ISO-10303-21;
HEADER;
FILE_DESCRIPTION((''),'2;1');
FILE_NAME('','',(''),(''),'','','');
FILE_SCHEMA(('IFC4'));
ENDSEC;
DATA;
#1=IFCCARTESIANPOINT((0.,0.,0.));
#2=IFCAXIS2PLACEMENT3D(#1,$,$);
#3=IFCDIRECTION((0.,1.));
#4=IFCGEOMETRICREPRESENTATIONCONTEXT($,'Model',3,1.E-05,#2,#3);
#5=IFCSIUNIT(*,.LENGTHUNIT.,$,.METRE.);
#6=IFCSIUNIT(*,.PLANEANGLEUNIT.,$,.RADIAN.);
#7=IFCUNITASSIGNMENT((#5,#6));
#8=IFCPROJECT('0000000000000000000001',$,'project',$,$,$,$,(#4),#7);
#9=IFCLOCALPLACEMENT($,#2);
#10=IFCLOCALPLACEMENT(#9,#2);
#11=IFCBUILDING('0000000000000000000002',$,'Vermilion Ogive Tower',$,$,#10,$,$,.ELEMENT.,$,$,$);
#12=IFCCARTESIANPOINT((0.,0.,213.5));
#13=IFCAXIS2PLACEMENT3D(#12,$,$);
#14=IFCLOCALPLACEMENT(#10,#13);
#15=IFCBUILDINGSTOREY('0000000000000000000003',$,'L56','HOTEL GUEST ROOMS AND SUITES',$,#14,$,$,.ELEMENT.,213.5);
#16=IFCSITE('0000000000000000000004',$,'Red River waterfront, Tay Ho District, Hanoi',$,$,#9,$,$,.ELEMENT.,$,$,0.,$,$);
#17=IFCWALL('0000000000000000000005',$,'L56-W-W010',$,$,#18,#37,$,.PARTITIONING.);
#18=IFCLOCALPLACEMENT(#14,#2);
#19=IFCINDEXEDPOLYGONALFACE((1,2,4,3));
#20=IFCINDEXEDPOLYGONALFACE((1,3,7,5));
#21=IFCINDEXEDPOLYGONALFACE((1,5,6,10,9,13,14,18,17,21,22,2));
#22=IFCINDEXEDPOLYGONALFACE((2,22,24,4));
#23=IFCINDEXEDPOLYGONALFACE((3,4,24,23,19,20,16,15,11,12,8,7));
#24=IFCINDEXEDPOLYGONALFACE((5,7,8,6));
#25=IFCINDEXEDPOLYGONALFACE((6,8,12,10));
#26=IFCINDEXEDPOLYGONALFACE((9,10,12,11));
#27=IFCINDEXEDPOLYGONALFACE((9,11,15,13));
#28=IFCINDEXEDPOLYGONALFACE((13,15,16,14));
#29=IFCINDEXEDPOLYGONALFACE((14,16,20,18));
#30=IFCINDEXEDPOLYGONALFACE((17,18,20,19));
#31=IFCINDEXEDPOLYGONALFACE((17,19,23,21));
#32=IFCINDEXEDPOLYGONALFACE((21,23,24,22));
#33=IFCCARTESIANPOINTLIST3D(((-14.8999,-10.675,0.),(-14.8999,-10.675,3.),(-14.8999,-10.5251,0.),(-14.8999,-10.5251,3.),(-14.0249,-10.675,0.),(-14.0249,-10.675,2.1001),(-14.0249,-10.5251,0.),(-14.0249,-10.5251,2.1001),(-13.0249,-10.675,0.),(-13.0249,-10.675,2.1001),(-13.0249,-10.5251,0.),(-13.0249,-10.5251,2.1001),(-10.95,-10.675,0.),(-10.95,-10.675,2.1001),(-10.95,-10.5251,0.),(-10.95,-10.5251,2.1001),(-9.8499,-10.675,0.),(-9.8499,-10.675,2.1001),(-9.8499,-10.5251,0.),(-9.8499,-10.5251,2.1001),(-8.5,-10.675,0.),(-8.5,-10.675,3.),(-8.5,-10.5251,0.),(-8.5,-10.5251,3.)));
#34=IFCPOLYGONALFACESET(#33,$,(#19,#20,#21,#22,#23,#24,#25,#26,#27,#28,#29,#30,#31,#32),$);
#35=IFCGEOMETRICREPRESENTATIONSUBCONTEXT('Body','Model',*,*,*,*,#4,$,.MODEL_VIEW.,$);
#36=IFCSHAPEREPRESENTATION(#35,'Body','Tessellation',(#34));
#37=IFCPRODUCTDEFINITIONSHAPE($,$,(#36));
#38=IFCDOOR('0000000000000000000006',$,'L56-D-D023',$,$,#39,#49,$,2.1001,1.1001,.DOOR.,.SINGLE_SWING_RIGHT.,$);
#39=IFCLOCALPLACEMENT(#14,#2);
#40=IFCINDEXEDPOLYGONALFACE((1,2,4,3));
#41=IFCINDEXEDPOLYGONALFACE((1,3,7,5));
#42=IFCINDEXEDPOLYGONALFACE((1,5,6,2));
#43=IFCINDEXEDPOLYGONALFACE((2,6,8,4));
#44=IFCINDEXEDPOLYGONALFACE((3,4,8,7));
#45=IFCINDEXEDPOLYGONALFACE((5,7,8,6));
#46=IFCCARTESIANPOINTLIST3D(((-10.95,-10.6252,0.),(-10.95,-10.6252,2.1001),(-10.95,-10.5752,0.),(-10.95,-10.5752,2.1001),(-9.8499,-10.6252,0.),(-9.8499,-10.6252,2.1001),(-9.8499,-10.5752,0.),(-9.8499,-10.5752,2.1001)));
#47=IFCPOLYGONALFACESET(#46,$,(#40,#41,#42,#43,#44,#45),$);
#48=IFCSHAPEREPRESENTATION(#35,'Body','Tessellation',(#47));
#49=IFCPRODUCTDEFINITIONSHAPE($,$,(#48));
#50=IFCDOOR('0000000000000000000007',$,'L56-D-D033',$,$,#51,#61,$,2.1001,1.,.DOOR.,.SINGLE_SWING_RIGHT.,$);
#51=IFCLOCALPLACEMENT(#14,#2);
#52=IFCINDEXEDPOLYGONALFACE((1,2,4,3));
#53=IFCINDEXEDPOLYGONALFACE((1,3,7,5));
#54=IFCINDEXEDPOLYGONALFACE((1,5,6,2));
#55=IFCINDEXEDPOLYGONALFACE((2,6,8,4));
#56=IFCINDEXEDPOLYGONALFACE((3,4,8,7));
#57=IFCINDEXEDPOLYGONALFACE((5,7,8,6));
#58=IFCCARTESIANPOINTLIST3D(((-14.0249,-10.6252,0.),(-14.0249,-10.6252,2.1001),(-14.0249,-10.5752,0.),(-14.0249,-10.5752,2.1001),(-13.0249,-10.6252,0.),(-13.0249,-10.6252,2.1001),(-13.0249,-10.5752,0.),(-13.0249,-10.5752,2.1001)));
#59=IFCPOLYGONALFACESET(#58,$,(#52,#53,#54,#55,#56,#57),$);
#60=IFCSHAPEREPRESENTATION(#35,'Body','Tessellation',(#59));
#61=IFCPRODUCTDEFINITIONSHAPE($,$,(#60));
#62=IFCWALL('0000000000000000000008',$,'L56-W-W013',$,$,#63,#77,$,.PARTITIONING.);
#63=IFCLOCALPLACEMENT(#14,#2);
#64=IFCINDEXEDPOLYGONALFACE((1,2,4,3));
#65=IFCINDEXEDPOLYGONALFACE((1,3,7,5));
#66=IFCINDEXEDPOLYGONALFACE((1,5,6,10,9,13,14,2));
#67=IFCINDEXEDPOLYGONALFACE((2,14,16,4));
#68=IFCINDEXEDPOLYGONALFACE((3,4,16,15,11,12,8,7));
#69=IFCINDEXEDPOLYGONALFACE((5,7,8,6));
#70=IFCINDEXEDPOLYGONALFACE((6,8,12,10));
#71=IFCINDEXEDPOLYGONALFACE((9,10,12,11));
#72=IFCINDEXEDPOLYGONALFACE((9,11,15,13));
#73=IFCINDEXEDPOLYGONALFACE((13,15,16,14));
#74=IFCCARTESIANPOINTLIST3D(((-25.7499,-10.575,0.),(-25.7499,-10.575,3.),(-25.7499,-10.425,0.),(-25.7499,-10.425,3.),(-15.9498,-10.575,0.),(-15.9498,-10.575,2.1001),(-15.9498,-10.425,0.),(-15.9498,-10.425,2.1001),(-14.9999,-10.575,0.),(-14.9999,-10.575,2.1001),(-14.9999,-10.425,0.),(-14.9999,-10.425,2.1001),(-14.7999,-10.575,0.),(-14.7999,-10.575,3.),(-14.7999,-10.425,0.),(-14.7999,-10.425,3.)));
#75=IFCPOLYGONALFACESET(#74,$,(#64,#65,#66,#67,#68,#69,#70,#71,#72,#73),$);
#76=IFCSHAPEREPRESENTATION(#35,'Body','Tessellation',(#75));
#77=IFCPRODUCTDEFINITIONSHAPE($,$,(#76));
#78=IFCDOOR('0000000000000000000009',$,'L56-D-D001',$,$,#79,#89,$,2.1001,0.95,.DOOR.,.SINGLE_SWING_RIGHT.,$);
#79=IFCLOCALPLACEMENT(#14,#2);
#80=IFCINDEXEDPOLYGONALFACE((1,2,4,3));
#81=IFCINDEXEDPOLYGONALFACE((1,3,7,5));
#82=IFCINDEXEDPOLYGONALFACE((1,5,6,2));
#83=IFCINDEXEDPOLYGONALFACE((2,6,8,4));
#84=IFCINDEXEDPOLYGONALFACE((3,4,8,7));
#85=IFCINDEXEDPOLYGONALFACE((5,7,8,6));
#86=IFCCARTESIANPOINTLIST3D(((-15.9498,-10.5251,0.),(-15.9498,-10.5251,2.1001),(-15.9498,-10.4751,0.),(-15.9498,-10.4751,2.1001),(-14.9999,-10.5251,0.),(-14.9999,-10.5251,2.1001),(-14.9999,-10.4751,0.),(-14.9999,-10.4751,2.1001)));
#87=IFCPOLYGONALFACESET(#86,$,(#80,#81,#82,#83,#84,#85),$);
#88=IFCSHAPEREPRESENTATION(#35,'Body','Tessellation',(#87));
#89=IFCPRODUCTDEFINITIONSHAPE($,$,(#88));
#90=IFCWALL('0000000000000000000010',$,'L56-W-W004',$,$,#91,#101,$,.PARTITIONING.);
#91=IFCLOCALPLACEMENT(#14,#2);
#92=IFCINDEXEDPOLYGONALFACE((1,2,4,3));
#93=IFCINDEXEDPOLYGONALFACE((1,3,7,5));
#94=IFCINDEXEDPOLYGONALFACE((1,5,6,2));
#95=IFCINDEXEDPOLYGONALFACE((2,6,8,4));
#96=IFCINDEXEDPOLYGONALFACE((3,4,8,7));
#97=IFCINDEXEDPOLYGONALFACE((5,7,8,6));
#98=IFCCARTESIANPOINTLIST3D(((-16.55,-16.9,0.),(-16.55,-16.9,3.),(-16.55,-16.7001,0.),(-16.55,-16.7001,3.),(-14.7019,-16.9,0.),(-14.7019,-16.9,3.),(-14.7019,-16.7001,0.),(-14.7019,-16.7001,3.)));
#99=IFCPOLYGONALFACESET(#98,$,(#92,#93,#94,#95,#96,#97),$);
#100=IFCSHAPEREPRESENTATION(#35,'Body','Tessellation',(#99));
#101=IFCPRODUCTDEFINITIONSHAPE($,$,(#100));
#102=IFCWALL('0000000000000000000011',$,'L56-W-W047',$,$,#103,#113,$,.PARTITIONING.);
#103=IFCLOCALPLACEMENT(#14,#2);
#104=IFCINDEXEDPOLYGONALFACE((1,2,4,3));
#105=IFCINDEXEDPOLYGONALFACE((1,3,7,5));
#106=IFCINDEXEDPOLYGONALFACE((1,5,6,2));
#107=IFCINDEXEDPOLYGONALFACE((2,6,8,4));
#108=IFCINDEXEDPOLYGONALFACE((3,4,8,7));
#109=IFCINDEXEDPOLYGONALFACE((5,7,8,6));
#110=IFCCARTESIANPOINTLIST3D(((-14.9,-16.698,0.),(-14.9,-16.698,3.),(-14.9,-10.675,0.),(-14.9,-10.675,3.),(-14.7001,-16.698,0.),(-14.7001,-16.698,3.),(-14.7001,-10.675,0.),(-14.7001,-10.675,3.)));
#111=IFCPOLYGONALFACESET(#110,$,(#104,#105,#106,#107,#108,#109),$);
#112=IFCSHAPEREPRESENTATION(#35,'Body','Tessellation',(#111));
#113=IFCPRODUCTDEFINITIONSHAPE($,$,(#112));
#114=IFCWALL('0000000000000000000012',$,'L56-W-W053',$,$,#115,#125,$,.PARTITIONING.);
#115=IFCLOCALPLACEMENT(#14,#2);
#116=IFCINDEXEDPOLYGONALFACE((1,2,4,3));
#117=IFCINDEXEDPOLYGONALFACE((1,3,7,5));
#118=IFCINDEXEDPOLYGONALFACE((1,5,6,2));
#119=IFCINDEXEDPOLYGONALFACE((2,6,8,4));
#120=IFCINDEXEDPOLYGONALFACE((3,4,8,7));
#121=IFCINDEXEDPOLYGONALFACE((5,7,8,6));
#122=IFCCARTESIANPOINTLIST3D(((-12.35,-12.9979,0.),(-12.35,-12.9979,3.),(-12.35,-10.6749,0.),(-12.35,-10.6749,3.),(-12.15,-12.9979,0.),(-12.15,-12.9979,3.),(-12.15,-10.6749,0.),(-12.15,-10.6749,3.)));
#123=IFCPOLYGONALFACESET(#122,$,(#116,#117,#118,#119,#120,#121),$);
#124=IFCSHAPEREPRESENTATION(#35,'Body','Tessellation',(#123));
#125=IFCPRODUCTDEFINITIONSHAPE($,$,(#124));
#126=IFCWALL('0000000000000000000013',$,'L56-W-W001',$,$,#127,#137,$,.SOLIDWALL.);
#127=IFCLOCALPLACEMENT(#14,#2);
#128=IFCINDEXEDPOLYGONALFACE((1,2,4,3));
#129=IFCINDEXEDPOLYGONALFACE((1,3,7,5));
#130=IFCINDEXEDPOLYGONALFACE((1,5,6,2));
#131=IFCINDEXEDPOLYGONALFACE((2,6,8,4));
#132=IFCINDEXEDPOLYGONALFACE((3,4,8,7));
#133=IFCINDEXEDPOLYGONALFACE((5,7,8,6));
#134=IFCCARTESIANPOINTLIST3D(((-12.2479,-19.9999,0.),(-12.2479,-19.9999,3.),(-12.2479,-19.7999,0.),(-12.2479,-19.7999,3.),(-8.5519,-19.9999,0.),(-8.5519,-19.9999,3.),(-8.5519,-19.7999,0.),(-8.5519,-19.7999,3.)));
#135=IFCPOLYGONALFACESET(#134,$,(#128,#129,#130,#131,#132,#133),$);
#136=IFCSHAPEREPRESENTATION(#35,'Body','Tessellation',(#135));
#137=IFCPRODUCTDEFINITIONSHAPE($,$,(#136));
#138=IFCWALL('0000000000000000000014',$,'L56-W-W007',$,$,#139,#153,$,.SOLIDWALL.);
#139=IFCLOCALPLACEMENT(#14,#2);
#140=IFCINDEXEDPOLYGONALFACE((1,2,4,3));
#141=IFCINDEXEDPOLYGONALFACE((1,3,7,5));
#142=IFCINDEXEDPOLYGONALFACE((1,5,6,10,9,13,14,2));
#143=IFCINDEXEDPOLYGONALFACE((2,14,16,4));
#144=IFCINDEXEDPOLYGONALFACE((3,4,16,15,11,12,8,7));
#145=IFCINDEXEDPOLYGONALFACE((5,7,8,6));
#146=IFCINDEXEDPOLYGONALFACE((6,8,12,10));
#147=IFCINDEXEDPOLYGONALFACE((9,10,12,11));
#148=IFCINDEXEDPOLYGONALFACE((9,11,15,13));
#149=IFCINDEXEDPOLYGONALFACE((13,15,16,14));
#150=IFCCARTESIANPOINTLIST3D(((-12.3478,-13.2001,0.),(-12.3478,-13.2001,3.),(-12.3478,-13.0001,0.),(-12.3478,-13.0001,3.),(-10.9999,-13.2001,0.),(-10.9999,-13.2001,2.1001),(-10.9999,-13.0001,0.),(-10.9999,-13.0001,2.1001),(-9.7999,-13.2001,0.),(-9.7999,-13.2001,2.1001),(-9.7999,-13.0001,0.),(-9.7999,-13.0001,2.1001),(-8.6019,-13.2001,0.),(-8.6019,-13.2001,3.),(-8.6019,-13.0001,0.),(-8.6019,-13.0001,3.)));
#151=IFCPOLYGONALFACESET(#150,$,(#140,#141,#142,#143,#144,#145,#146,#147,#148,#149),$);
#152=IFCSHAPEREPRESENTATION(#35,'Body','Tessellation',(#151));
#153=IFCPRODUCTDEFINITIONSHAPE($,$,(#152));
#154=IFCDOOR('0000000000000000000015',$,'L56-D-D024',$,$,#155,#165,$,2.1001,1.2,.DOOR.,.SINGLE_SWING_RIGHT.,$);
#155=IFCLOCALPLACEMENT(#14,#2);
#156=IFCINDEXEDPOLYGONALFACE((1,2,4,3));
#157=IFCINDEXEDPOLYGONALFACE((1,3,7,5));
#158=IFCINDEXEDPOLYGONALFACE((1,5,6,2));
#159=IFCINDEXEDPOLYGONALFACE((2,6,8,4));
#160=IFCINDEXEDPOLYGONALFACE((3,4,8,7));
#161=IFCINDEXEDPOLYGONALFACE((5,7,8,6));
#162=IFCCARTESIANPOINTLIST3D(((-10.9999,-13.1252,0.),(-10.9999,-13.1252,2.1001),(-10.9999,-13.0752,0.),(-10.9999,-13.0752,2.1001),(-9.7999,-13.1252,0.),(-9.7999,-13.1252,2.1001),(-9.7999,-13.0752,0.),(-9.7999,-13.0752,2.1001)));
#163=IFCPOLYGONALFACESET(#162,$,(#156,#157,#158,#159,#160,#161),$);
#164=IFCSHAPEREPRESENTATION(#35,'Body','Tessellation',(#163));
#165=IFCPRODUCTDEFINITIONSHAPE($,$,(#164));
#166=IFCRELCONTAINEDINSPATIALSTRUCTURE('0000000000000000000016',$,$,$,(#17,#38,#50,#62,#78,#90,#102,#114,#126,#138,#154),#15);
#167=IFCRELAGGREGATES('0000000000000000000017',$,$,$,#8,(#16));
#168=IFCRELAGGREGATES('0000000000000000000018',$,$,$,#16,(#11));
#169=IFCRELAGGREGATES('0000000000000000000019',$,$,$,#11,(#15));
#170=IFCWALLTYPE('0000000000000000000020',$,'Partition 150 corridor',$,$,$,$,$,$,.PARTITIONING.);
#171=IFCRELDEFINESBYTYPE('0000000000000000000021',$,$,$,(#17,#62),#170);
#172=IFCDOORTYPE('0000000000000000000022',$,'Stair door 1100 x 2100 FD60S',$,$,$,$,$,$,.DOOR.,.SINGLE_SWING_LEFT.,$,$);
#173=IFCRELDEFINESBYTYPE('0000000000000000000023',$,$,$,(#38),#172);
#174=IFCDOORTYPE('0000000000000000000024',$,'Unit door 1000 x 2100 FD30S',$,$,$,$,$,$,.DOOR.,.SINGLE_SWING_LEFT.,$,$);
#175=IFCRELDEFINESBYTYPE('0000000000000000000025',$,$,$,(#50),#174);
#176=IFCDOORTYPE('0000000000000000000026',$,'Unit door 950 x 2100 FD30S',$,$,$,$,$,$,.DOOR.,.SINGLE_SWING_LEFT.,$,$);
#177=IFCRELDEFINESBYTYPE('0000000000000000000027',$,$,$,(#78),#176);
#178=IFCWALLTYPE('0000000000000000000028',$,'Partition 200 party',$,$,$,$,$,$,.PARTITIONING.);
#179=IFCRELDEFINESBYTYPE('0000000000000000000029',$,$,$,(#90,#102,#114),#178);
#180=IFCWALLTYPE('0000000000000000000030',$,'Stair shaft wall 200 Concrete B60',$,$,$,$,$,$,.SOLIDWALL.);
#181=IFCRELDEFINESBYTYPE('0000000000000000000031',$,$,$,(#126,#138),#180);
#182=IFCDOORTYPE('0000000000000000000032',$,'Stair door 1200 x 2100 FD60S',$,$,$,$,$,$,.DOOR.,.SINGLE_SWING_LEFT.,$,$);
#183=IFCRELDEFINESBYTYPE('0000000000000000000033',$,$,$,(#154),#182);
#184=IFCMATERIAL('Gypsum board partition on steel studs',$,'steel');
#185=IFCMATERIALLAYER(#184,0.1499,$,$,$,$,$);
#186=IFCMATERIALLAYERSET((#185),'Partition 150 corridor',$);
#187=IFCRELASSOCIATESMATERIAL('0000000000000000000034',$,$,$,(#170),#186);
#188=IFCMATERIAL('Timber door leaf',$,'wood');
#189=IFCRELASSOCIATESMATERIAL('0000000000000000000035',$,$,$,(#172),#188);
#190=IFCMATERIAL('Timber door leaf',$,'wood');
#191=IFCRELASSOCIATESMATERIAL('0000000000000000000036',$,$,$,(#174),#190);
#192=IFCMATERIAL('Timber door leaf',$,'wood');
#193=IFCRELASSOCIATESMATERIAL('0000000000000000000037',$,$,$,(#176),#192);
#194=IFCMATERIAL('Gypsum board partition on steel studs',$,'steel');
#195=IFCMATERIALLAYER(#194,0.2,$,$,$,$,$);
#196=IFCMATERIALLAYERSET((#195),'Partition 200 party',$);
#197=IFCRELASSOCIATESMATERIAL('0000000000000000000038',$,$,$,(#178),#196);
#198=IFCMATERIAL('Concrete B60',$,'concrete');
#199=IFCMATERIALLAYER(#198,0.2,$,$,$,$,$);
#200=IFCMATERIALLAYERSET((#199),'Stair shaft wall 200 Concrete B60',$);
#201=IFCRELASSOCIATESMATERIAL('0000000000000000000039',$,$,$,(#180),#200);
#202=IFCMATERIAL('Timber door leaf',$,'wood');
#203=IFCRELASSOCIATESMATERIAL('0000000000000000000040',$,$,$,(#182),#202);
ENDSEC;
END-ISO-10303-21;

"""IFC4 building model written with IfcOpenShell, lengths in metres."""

from ifc_helpers import new_model, si_unit, direction, frame, frame_2d, origin, place, context, subcontext, project, spatial, rectangle, extrude, material, layer, layer_set, type_object, element, fill, save


model = new_model("IFC4")

# Units and contexts
model_context = context("Model", 3, precision=1e-05, world=origin(), true_north=direction((0.0, 1.0)))
body_context = subcontext(model_context, "Body", "Model", "MODEL_VIEW")
ifc_project = project(units=[si_unit("LENGTHUNIT", "METRE"), si_unit("PLANEANGLEUNIT", "RADIAN")], contexts=[model_context])

# Site, building, storey
site_placement = place(None, origin())
site = spatial("IfcSite", under=ifc_project, at=site_placement, Name="Red River waterfront, Tay Ho District, Hanoi", CompositionType="ELEMENT", RefElevation=0.0)
building_placement = place(site_placement, origin())
building = spatial("IfcBuilding", under=site, at=building_placement, Name="Vermilion Ogive Tower", CompositionType="ELEMENT")
storey_placement = place(building_placement, frame((0.0, 0.0, 213.5)))
storey = spatial("IfcBuildingStorey", under=building, at=storey_placement, Name="L56", Description="HOTEL GUEST ROOMS AND SUITES", CompositionType="ELEMENT", Elevation=213.5)

# Wall, openings, doors
ifc_material_1 = material(Name="Gypsum board partition on steel studs", Category="steel")
ifc_layer_1 = layer(ifc_material_1, 0.1499)
ifc_layer_set_1 = layer_set([ifc_layer_1], Name="Partition 150 corridor")
wall_type_1 = type_object("IfcWallType", Name="Partition 150 corridor", PredefinedType="PARTITIONING", material=ifc_layer_set_1)
wall_1_placement = place(storey_placement, frame((-14.8999, -10.6001, 0.0), z_axis=(0.0, 0.0, 1.0), x_axis=(1.0, 0.0, 0.0)))
wall_1 = element("IfcWall", 1, at=wall_1_placement, inside=storey, type_object=wall_type_1, Name="L56-W-W010", PredefinedType="PARTITIONING", context=body_context, shape_type="SweptSolid", body=[
    extrude(rectangle(XDim=6.3999, YDim=0.1499, at=frame_2d((3.2, 0.0))), origin(), (0.0, 0.0, 1.0), 3.0),
])
opening_1_placement = place(wall_1_placement, frame((3.95, 0.0, 0.0)))
opening_1 = element("IfcOpeningElement", 2, at=opening_1_placement, cuts=wall_1, PredefinedType="OPENING", context=body_context, shape_type="SweptSolid", body=[
    extrude(rectangle(XDim=1.1001, YDim=2.1001, at=frame_2d((0.55, 1.05))), frame((0.0, 0.085, 0.0), z_axis=(0.0, -1.0, 0.0), x_axis=(1.0, 0.0, 0.0)), (0.0, 0.0, 1.0), 0.1699),
])
opening_2_placement = place(wall_1_placement, frame((0.875, 0.0, 0.0)))
opening_2 = element("IfcOpeningElement", 3, at=opening_2_placement, cuts=wall_1, PredefinedType="OPENING", context=body_context, shape_type="SweptSolid", body=[
    extrude(rectangle(XDim=1.0, YDim=2.1001, at=frame_2d((0.5, 1.05))), frame((0.0, 0.085, 0.0), z_axis=(0.0, -1.0, 0.0), x_axis=(1.0, 0.0, 0.0)), (0.0, 0.0, 1.0), 0.1699),
])
ifc_material_2 = material(Name="Timber door leaf", Category="wood")
door_type_1 = type_object("IfcDoorType", Name="Stair door 1100 x 2100 FD60S", OperationType="SINGLE_SWING_LEFT", PredefinedType="DOOR", material=ifc_material_2)
door_1_placement = place(opening_1_placement, origin())
door_1 = element("IfcDoor", 4, at=door_1_placement, inside=storey, type_object=door_type_1, Name="L56-D-D023", OperationType="SINGLE_SWING_RIGHT", OverallHeight=2.1001, OverallWidth=1.1001, PredefinedType="DOOR", context=body_context, shape_type="SweptSolid", body=[
    extrude(rectangle(XDim=1.1001, YDim=2.1001, at=frame_2d((0.55, 1.05))), frame((0.0, 0.0249, 0.0), z_axis=(0.0, -1.0, 0.0), x_axis=(1.0, 0.0, 0.0)), (0.0, 0.0, 1.0), 0.05),
])
fill(opening_1, door_1)
ifc_material_3 = material(Name="Timber door leaf", Category="wood")
door_type_2 = type_object("IfcDoorType", Name="Unit door 1000 x 2100 FD30S", OperationType="SINGLE_SWING_LEFT", PredefinedType="DOOR", material=ifc_material_3)
door_2_placement = place(opening_2_placement, origin())
door_2 = element("IfcDoor", 5, at=door_2_placement, inside=storey, type_object=door_type_2, Name="L56-D-D033", OperationType="SINGLE_SWING_RIGHT", OverallHeight=2.1001, OverallWidth=1.0, PredefinedType="DOOR", context=body_context, shape_type="SweptSolid", body=[
    extrude(rectangle(XDim=1.0, YDim=2.1001, at=frame_2d((0.5, 1.05))), frame((0.0, 0.0249, 0.0), z_axis=(0.0, -1.0, 0.0), x_axis=(1.0, 0.0, 0.0)), (0.0, 0.0, 1.0), 0.05),
])
fill(opening_2, door_2)

# Wall, opening, door
wall_2_placement = place(storey_placement, frame((-25.75, -10.5, 0.0), z_axis=(0.0, 0.0, 1.0), x_axis=(1.0, 0.0, 0.0)))
wall_2 = element("IfcWall", 6, at=wall_2_placement, inside=storey, type_object=wall_type_1, Name="L56-W-W013", PredefinedType="PARTITIONING", context=body_context, shape_type="SweptSolid", body=[
    extrude(rectangle(XDim=10.95, YDim=0.1499, at=frame_2d((5.4751, 0.0))), origin(), (0.0, 0.0, 1.0), 3.0),
])
opening_3_placement = place(wall_2_placement, frame((9.8, 0.0, 0.0)))
opening_3 = element("IfcOpeningElement", 7, at=opening_3_placement, cuts=wall_2, PredefinedType="OPENING", context=body_context, shape_type="SweptSolid", body=[
    extrude(rectangle(XDim=0.95, YDim=2.1001, at=frame_2d((0.4751, 1.05))), frame((0.0, 0.085, 0.0), z_axis=(0.0, -1.0, 0.0), x_axis=(1.0, 0.0, 0.0)), (0.0, 0.0, 1.0), 0.1699),
])
ifc_material_4 = material(Name="Timber door leaf", Category="wood")
door_type_3 = type_object("IfcDoorType", Name="Unit door 950 x 2100 FD30S", OperationType="SINGLE_SWING_LEFT", PredefinedType="DOOR", material=ifc_material_4)
door_3_placement = place(opening_3_placement, origin())
door_3 = element("IfcDoor", 8, at=door_3_placement, inside=storey, type_object=door_type_3, Name="L56-D-D001", OperationType="SINGLE_SWING_RIGHT", OverallHeight=2.1001, OverallWidth=0.95, PredefinedType="DOOR", context=body_context, shape_type="SweptSolid", body=[
    extrude(rectangle(XDim=0.95, YDim=2.1001, at=frame_2d((0.4751, 1.05))), frame((0.0, 0.0249, 0.0), z_axis=(0.0, -1.0, 0.0), x_axis=(1.0, 0.0, 0.0)), (0.0, 0.0, 1.0), 0.05),
])
fill(opening_3, door_3)

# Walls
ifc_material_5 = material(Name="Gypsum board partition on steel studs", Category="steel")
ifc_layer_2 = layer(ifc_material_5, 0.2)
ifc_layer_set_2 = layer_set([ifc_layer_2], Name="Partition 200 party")
wall_type_2 = type_object("IfcWallType", Name="Partition 200 party", PredefinedType="PARTITIONING", material=ifc_layer_set_2)
wall_3_placement = place(storey_placement, frame((-16.55, -16.8, 0.0), z_axis=(0.0, 0.0, 1.0), x_axis=(1.0, 0.0, 0.0)))
element("IfcWall", 9, at=wall_3_placement, inside=storey, type_object=wall_type_2, Name="L56-W-W004", PredefinedType="PARTITIONING", context=body_context, shape_type="SweptSolid", body=[
    extrude(rectangle(XDim=1.8481, YDim=0.2, at=frame_2d((0.9241, 0.0))), origin(), (0.0, 0.0, 1.0), 3.0),
])
wall_4_placement = place(storey_placement, frame((-14.8, -16.698, 0.0), z_axis=(0.0, 0.0, 1.0), x_axis=(0.0, 1.0, 0.0)))
element("IfcWall", 10, at=wall_4_placement, inside=storey, type_object=wall_type_2, Name="L56-W-W047", PredefinedType="PARTITIONING", context=body_context, shape_type="SweptSolid", body=[
    extrude(rectangle(XDim=6.0229, YDim=0.2, at=frame_2d((3.0115, 0.0))), origin(), (0.0, 0.0, 1.0), 3.0),
])
wall_5_placement = place(storey_placement, frame((-12.25, -12.998, 0.0), z_axis=(0.0, 0.0, 1.0), x_axis=(0.0, 1.0, 0.0)))
element("IfcWall", 11, at=wall_5_placement, inside=storey, type_object=wall_type_2, Name="L56-W-W053", PredefinedType="PARTITIONING", context=body_context, shape_type="SweptSolid", body=[
    extrude(rectangle(XDim=2.323, YDim=0.2, at=frame_2d((1.1616, 0.0))), origin(), (0.0, 0.0, 1.0), 3.0),
])
ifc_material_6 = material(Name="Concrete B60", Category="concrete")
ifc_layer_3 = layer(ifc_material_6, 0.2)
ifc_layer_set_3 = layer_set([ifc_layer_3], Name="Stair shaft wall 200 Concrete B60")
wall_type_3 = type_object("IfcWallType", Name="Stair shaft wall 200 Concrete B60", PredefinedType="SOLIDWALL", material=ifc_layer_set_3)
wall_6_placement = place(storey_placement, frame((-12.248, -19.8999, 0.0), z_axis=(0.0, 0.0, 1.0), x_axis=(1.0, 0.0, 0.0)))
element("IfcWall", 12, at=wall_6_placement, inside=storey, type_object=wall_type_3, Name="L56-W-W001", PredefinedType="SOLIDWALL", context=body_context, shape_type="SweptSolid", body=[
    extrude(rectangle(XDim=3.696, YDim=0.2, at=frame_2d((1.8481, 0.0))), origin(), (0.0, 0.0, 1.0), 3.0),
])

# Wall, opening, door
wall_7_placement = place(storey_placement, frame((-12.3479, -13.1001, 0.0), z_axis=(0.0, 0.0, 1.0), x_axis=(1.0, 0.0, 0.0)))
wall_7 = element("IfcWall", 13, at=wall_7_placement, inside=storey, type_object=wall_type_3, Name="L56-W-W007", PredefinedType="SOLIDWALL", context=body_context, shape_type="SweptSolid", body=[
    extrude(rectangle(XDim=3.7458, YDim=0.2, at=frame_2d((1.873, 0.0))), origin(), (0.0, 0.0, 1.0), 3.0),
])
opening_4_placement = place(wall_7_placement, frame((1.3479, 0.0, 0.0)))
opening_4 = element("IfcOpeningElement", 14, at=opening_4_placement, cuts=wall_7, PredefinedType="OPENING", context=body_context, shape_type="SweptSolid", body=[
    extrude(rectangle(XDim=1.2, YDim=2.1001, at=frame_2d((0.6001, 1.05))), frame((0.0, 0.1099, 0.0), z_axis=(0.0, -1.0, 0.0), x_axis=(1.0, 0.0, 0.0)), (0.0, 0.0, 1.0), 0.22),
])
ifc_material_7 = material(Name="Timber door leaf", Category="wood")
door_type_4 = type_object("IfcDoorType", Name="Stair door 1200 x 2100 FD60S", OperationType="SINGLE_SWING_LEFT", PredefinedType="DOOR", material=ifc_material_7)
door_4_placement = place(opening_4_placement, origin())
door_4 = element("IfcDoor", 15, at=door_4_placement, inside=storey, type_object=door_type_4, Name="L56-D-D024", OperationType="SINGLE_SWING_RIGHT", OverallHeight=2.1001, OverallWidth=1.2, PredefinedType="DOOR", context=body_context, shape_type="SweptSolid", body=[
    extrude(rectangle(XDim=1.2, YDim=2.1001, at=frame_2d((0.6001, 1.05))), frame((0.0, 0.0249, 0.0), z_axis=(0.0, -1.0, 0.0), x_axis=(1.0, 0.0, 0.0)), (0.0, 0.0, 1.0), 0.05),
])
fill(opening_4, door_4)

save(model, "model.ifc")
